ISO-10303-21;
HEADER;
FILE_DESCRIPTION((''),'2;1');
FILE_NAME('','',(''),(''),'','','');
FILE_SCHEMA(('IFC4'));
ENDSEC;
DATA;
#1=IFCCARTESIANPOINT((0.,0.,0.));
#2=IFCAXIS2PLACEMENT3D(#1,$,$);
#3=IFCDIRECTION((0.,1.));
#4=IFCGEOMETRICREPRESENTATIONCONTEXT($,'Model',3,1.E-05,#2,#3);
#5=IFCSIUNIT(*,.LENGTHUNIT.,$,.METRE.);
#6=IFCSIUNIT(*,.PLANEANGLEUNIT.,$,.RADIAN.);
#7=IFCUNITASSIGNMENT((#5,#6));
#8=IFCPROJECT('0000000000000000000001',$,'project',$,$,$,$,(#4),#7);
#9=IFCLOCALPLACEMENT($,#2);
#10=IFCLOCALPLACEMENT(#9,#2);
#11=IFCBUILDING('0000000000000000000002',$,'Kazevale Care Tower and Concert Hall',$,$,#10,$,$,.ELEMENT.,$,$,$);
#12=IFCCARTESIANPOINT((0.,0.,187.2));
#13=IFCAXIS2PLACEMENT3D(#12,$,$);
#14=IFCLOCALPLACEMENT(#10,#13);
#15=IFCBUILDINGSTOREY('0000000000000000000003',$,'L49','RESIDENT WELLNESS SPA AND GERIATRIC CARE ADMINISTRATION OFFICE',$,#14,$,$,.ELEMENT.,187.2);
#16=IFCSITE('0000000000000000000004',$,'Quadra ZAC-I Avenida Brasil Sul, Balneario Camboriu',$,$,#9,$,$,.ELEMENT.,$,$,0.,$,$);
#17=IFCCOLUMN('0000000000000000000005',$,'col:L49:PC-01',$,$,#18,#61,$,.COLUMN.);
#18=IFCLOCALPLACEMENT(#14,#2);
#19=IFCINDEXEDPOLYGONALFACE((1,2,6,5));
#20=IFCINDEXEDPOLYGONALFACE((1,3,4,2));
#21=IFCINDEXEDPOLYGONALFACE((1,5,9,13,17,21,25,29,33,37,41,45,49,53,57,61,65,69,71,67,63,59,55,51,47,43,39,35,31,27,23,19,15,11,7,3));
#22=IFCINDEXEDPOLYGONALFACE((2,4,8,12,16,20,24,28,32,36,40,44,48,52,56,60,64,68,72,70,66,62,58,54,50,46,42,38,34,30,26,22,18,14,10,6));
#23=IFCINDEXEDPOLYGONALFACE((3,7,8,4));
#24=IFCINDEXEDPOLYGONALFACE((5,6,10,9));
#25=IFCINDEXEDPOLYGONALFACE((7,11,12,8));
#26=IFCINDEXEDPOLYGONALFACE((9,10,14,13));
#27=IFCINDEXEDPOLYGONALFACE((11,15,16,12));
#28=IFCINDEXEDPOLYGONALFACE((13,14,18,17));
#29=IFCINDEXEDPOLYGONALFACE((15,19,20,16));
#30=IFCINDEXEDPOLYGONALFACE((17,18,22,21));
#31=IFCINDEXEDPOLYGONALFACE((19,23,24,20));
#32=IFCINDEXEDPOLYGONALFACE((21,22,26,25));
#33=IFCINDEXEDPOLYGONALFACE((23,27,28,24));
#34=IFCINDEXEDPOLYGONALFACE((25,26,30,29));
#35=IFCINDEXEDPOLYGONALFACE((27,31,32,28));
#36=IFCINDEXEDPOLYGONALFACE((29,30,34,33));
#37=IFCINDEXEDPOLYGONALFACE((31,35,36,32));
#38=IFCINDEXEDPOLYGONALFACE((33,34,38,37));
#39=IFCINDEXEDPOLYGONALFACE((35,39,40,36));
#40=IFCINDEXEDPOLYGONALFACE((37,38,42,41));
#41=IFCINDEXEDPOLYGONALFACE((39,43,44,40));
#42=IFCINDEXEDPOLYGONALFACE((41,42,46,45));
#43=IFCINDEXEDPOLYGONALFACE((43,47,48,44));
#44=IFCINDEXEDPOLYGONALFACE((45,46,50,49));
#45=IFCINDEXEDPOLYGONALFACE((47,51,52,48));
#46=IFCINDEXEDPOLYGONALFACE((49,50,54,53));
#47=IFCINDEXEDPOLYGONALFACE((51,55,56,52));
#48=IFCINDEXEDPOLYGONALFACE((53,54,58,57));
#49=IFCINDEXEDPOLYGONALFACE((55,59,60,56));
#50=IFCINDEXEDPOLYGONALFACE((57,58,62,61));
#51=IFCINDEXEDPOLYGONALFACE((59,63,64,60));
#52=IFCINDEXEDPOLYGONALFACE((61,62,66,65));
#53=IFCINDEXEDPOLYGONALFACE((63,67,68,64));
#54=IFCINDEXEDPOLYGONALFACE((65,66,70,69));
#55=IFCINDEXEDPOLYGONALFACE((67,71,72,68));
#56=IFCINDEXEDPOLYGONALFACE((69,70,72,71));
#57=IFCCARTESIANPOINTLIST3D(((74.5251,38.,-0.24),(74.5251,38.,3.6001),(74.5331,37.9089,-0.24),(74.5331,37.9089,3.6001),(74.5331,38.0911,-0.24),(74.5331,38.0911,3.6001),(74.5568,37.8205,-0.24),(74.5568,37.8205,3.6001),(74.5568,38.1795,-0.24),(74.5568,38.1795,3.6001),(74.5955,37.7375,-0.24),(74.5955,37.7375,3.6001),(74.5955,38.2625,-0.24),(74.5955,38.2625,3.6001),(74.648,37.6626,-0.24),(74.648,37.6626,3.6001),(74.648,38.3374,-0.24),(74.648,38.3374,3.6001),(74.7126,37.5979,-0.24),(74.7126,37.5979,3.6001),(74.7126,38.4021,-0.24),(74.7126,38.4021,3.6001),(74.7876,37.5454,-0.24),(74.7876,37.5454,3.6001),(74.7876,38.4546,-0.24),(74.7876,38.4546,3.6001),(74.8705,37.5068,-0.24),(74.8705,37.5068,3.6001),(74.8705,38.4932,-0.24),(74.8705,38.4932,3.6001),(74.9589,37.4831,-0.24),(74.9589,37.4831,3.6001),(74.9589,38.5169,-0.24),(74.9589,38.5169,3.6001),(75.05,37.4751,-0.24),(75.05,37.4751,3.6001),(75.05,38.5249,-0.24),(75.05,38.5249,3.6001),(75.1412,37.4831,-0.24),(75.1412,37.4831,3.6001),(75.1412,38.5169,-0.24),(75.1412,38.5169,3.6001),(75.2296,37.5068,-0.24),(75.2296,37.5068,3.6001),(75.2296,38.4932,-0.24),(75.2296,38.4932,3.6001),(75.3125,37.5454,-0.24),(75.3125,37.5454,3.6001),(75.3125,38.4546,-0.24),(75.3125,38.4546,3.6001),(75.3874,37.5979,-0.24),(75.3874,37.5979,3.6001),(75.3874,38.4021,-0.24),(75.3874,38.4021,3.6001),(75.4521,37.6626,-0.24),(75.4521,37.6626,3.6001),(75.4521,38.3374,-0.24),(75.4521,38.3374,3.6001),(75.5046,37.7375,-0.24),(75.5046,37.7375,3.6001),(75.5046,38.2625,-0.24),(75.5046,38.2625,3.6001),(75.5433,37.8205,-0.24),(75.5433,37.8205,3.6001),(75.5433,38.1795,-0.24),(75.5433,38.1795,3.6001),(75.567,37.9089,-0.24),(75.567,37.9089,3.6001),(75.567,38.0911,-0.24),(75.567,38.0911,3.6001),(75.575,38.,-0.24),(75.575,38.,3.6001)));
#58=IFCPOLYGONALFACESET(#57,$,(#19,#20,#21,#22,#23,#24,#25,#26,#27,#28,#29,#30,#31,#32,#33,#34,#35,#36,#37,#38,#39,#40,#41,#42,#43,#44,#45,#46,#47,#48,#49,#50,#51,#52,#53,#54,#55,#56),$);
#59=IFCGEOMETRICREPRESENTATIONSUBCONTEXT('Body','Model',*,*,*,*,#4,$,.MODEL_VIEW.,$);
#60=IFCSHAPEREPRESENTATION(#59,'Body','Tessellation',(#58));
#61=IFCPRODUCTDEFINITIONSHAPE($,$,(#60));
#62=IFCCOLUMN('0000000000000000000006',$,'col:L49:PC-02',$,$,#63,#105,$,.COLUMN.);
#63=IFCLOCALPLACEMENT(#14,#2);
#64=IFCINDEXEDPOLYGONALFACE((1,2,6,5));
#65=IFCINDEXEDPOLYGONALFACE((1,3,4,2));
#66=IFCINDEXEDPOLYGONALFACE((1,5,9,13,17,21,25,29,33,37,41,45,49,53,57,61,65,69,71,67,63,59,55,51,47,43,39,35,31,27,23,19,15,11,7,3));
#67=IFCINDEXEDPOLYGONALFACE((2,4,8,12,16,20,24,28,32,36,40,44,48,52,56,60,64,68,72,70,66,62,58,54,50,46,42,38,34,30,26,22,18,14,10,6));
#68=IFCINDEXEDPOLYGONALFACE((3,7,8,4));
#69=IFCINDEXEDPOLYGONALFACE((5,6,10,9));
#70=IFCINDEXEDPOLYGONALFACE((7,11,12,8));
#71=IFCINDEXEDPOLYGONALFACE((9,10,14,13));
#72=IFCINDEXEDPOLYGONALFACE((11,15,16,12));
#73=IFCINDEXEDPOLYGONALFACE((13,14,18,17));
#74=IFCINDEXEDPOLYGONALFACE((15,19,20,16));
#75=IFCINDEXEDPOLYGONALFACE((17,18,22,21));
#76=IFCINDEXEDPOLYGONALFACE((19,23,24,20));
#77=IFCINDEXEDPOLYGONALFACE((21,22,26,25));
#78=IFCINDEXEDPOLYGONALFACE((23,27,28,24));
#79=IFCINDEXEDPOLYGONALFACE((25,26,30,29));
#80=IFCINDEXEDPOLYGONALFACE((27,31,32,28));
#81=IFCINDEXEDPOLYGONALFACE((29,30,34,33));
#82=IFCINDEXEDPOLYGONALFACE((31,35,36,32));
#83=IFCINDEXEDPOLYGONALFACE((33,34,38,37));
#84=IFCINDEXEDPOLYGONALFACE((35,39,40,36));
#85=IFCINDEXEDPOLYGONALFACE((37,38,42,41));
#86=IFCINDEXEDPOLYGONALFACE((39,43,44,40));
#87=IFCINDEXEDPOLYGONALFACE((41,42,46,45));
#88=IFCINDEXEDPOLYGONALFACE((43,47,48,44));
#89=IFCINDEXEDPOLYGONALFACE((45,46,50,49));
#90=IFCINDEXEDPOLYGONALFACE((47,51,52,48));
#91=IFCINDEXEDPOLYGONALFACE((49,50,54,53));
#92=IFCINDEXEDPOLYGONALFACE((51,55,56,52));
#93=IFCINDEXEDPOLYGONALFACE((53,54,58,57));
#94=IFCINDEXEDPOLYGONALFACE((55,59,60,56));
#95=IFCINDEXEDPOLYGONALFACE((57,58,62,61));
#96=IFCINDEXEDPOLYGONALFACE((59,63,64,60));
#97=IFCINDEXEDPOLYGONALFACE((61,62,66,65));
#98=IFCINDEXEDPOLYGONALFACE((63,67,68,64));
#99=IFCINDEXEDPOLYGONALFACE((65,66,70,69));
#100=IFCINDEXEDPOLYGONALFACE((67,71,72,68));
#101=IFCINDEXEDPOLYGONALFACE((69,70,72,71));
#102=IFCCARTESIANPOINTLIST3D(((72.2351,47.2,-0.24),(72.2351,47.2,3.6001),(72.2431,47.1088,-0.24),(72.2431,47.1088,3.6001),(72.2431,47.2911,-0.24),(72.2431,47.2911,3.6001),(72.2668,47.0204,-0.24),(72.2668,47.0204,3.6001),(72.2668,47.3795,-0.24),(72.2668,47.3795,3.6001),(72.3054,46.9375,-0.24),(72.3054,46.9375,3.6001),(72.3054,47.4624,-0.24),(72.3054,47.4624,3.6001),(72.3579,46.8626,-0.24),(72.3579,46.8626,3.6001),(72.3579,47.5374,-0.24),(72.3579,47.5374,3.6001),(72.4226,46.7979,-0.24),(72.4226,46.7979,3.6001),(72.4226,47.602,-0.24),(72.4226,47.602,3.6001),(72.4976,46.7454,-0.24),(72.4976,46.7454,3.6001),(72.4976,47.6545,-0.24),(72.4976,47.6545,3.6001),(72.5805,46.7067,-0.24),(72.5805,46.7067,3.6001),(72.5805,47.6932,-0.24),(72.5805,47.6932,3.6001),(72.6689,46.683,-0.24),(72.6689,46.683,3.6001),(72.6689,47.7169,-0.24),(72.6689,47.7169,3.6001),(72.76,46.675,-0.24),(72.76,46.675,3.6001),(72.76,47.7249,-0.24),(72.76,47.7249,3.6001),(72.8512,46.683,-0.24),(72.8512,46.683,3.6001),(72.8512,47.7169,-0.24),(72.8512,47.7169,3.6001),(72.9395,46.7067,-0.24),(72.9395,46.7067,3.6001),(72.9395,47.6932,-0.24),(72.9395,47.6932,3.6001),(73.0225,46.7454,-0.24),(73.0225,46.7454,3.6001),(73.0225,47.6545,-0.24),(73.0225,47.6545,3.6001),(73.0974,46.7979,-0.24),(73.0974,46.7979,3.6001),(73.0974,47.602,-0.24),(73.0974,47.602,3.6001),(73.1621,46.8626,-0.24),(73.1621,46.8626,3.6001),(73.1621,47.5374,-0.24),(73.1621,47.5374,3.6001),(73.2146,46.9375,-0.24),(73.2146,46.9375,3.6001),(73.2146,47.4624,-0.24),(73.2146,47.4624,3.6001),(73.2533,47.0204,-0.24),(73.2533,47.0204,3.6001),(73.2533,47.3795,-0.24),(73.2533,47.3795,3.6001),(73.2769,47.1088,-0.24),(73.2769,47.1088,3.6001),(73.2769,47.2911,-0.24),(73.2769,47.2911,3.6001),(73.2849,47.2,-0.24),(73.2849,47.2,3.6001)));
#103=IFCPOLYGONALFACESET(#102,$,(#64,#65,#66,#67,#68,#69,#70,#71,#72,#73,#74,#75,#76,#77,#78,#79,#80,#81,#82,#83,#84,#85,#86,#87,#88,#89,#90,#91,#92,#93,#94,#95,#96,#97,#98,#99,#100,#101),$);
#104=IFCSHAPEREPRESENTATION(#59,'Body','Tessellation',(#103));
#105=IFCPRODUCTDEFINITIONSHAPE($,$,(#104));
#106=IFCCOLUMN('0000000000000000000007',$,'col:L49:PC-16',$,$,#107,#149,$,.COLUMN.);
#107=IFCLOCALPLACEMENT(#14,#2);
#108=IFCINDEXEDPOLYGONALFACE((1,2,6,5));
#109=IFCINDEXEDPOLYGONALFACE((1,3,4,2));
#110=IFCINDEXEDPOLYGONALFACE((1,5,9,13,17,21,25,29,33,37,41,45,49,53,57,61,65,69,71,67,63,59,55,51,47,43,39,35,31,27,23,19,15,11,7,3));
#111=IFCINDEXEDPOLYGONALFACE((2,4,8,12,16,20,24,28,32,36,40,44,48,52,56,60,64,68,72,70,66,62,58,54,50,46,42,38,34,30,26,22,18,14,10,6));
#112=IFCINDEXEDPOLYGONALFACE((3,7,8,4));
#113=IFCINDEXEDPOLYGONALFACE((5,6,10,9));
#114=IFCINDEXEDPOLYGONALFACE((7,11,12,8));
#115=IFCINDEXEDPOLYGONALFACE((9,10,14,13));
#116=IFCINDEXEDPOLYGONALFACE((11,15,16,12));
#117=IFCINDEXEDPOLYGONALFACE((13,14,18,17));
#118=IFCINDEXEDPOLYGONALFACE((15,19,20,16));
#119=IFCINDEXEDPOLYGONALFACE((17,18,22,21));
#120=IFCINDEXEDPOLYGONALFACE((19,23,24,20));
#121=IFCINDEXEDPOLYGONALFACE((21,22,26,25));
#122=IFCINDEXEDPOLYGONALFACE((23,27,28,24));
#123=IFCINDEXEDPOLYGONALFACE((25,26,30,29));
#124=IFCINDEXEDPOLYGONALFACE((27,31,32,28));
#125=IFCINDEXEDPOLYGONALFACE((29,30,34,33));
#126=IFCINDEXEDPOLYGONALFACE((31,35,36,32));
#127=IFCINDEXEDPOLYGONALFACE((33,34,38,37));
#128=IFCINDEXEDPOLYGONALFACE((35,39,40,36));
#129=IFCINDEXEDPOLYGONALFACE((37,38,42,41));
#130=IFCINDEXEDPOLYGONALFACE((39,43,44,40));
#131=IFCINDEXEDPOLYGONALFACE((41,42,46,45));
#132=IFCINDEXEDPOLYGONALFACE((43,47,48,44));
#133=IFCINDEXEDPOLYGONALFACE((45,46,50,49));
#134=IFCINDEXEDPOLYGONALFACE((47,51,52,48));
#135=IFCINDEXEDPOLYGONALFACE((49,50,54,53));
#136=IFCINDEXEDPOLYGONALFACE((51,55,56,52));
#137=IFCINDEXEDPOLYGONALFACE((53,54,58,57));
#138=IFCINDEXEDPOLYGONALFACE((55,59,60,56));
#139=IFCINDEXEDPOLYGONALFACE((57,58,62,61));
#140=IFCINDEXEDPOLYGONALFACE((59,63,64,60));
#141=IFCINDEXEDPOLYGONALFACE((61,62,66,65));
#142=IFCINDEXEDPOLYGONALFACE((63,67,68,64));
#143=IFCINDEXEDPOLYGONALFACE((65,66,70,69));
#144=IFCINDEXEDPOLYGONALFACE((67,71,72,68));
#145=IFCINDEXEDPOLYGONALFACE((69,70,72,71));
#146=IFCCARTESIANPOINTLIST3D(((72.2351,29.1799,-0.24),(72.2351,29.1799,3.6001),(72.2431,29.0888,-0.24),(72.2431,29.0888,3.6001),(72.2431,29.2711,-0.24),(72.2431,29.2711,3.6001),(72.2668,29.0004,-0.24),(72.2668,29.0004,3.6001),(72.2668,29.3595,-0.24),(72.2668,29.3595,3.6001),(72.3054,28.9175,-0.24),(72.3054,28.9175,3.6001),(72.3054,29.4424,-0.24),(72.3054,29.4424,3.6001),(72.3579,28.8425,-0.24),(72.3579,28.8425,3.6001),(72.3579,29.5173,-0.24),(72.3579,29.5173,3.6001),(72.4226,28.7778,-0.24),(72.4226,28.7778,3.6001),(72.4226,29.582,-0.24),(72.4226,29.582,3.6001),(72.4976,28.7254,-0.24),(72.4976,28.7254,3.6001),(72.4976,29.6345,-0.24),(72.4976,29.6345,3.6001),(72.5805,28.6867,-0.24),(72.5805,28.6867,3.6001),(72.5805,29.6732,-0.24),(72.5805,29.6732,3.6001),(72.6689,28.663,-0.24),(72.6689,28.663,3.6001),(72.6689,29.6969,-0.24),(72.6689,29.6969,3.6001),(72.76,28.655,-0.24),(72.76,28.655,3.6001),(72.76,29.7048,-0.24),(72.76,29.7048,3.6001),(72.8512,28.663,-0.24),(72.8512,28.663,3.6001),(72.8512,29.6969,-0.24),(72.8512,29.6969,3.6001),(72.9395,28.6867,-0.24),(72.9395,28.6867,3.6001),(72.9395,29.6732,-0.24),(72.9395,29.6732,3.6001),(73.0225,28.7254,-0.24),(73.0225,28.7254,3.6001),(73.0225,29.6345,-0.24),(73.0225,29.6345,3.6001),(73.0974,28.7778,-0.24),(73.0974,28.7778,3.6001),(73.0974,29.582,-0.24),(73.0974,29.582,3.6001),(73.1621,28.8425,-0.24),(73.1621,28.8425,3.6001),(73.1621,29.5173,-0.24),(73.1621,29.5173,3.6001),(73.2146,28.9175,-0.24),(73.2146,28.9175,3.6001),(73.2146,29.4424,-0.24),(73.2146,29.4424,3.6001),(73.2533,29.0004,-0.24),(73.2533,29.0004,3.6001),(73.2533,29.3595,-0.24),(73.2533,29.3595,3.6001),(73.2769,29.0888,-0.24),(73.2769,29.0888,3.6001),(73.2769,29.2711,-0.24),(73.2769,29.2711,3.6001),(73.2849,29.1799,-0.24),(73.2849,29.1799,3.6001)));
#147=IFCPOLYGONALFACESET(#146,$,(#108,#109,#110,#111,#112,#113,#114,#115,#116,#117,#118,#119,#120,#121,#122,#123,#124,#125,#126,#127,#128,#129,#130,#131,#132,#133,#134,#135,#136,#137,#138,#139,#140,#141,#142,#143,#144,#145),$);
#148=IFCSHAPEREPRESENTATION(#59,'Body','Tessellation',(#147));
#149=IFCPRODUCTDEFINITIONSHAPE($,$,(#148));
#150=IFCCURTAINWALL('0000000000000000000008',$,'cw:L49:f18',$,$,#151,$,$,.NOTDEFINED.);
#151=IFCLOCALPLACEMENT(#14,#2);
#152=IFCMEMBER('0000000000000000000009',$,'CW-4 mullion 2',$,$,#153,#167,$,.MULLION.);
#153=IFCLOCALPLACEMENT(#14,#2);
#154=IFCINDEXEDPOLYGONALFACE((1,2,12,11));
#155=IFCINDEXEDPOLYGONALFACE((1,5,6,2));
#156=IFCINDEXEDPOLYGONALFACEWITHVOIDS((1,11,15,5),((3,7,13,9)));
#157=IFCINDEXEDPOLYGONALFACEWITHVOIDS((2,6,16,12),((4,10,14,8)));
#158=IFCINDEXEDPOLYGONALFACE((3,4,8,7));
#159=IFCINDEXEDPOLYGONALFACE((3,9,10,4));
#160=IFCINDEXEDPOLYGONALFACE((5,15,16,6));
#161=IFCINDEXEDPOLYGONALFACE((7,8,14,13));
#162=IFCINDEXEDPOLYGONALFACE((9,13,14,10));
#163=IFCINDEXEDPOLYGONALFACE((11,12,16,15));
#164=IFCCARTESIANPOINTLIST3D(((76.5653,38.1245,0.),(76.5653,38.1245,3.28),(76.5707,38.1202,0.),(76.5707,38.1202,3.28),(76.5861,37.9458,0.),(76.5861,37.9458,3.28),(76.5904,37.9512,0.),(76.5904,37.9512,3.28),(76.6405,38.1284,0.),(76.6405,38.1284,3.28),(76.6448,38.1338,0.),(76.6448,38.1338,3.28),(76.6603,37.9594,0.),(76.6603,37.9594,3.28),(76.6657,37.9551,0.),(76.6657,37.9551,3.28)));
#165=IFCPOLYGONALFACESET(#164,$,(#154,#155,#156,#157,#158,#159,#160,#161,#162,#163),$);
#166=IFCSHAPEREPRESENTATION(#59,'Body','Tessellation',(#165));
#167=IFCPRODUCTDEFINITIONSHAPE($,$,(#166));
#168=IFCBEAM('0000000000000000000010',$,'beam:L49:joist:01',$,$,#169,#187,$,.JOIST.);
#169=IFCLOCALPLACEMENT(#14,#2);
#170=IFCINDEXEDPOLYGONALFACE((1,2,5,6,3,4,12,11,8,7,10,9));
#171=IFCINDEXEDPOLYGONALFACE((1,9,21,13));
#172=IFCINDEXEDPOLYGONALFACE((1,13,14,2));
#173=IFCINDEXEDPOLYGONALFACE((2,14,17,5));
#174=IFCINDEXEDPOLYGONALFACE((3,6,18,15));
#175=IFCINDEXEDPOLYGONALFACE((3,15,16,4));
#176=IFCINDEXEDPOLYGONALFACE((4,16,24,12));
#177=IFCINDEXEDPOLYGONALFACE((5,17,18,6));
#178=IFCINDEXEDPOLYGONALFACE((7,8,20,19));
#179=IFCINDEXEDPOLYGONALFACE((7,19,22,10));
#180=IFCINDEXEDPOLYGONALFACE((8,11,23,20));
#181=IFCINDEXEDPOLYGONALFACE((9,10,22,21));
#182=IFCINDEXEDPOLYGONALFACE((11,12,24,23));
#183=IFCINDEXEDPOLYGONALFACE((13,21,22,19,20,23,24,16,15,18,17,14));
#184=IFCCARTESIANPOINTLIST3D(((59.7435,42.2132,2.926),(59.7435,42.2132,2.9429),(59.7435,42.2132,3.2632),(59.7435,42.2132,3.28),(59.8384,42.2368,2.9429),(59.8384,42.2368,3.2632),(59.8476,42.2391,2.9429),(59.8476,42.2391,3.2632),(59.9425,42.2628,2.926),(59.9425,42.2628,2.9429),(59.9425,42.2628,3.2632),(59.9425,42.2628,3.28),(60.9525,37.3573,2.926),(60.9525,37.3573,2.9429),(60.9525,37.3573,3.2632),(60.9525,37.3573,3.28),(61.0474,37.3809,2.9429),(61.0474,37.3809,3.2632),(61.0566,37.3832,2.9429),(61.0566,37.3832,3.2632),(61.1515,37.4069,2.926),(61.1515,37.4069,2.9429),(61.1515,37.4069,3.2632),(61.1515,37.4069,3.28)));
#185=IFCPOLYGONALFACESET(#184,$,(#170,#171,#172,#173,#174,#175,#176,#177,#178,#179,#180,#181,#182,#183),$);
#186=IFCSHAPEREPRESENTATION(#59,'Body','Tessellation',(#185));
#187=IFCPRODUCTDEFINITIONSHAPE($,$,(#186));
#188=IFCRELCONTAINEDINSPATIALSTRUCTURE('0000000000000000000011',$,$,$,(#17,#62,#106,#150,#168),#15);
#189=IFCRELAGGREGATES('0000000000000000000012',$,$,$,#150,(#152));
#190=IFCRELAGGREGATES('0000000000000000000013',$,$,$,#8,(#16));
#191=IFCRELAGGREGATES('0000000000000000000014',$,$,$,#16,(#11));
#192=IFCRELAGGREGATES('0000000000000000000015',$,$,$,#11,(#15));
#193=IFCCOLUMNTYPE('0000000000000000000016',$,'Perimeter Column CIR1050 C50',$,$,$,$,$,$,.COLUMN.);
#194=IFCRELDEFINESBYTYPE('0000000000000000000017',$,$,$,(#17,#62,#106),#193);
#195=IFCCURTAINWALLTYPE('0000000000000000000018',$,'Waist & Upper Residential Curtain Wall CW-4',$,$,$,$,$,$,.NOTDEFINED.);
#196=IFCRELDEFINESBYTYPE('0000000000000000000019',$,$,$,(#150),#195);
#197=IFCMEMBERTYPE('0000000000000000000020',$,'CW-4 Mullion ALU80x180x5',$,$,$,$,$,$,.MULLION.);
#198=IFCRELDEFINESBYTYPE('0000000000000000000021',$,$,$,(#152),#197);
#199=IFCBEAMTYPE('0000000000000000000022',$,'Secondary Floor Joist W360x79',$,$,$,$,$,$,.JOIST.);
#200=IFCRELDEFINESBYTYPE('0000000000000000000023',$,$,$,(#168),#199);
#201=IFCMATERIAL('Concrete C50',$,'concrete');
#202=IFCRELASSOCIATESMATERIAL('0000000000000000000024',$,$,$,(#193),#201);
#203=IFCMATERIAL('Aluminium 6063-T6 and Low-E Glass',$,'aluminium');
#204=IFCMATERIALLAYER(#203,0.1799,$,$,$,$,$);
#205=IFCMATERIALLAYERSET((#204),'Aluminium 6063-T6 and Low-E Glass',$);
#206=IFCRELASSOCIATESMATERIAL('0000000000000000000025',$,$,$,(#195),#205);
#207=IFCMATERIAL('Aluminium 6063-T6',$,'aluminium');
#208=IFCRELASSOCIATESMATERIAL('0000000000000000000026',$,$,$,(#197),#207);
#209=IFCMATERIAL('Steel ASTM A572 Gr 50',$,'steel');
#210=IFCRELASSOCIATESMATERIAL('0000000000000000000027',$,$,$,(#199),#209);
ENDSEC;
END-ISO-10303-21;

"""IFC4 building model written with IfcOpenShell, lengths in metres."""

from ifc_helpers import new_model, si_unit, direction, frame, origin, origin_2d, place, context, subcontext, project, spatial, hollow_rectangle, circle, i_section, extrude, material, layer, layer_set, material_profile, profile_set, type_object, element, aggregate, save


model = new_model("IFC4")

# Units and contexts
model_context = context("Model", 3, precision=1e-05, world=origin(), true_north=direction((0.0, 1.0)))
body_context = subcontext(model_context, "Body", "Model", "MODEL_VIEW")
ifc_project = project(units=[si_unit("LENGTHUNIT", "METRE"), si_unit("PLANEANGLEUNIT", "RADIAN")], contexts=[model_context])

# Site, building, storey
site_placement = place(None, origin())
site = spatial("IfcSite", under=ifc_project, at=site_placement, Name="Quadra ZAC-I Avenida Brasil Sul, Balneario Camboriu", CompositionType="ELEMENT", RefElevation=0.0)
building_placement = place(site_placement, origin())
building = spatial("IfcBuilding", under=site, at=building_placement, Name="Kazevale Care Tower and Concert Hall", CompositionType="ELEMENT")
storey_placement = place(building_placement, frame((0.0, 0.0, 187.2)))
storey = spatial("IfcBuildingStorey", under=building, at=storey_placement, Name="L49", Description="RESIDENT WELLNESS SPA AND GERIATRIC CARE ADMINISTRATION OFFICE", CompositionType="ELEMENT", Elevation=187.2)

# Columns
ifc_material_1 = material(Name="Concrete C50", Category="concrete")
ifc_material_profile_1 = material_profile(ifc_material_1, circle(Radius=0.5249, at=origin_2d()), Name="RC-CIR1050")
ifc_profile_set_1 = profile_set([ifc_material_profile_1], Name="Concrete C50")
column_type = type_object("IfcColumnType", Name="Perimeter Column CIR1050 C50", PredefinedType="COLUMN", material=ifc_profile_set_1)
for number, where, z_axis, x_axis, name in (
    (1, (75.05, 38.0, -0.24), (0.0, 0.0, 1.0), (1.0, 0.0, 0.0), "col:L49:PC-01"),
    (2, (72.76, 47.2, -0.24), (0.0, 0.0, 1.0), (1.0, 0.0, 0.0), "col:L49:PC-02"),
    (3, (72.76, 29.1799, -0.24), (0.0, 0.0, 1.0), (1.0, 0.0, 0.0), "col:L49:PC-16"),
):
    element("IfcColumn", number, at=place(storey_placement, frame(where, z_axis=z_axis, x_axis=x_axis)), inside=storey, type_object=column_type, Name=name, PredefinedType="COLUMN", context=body_context, shape_type="SweptSolid", body=[
        extrude(circle(Radius=0.5249, at=origin_2d()), origin(), (0.0, 0.0, 1.0), 3.8401),
    ])

# Curtain wall, member
ifc_material_2 = material(Name="Aluminium 6063-T6 and Low-E Glass", Category="aluminium")
ifc_layer_1 = layer(ifc_material_2, 0.1799)
ifc_layer_set_1 = layer_set([ifc_layer_1], Name="Aluminium 6063-T6 and Low-E Glass")
curtain_wall_type = type_object("IfcCurtainWallType", Name="Waist & Upper Residential Curtain Wall CW-4", PredefinedType="NOTDEFINED", material=ifc_layer_set_1)
curtain_wall_placement = place(storey_placement, origin())
curtain_wall = element("IfcCurtainWall", 4, at=curtain_wall_placement, inside=storey, type_object=curtain_wall_type, Name="cw:L49:f18", PredefinedType="NOTDEFINED")
ifc_material_3 = material(Name="Aluminium 6063-T6", Category="aluminium")
ifc_material_profile_2 = material_profile(ifc_material_3, hollow_rectangle(XDim=0.0801, YDim=0.1799, WallThickness=0.0049, at=origin_2d()), Name="ALU80x180x5")
ifc_profile_set_2 = profile_set([ifc_material_profile_2], Name="Aluminium 6063-T6")
member_type = type_object("IfcMemberType", Name="CW-4 Mullion ALU80x180x5", PredefinedType="MULLION", material=ifc_profile_set_2)
member_placement = place(storey_placement, frame((76.6155, 38.0398, 0.0), z_axis=(0.0, 0.0, 1.0), x_axis=(0.993267, 0.115847, 0.0)))
member = element("IfcMember", 5, at=member_placement, type_object=member_type, Name="CW-4 mullion 2", PredefinedType="MULLION", context=body_context, shape_type="SweptSolid", body=[
    extrude(hollow_rectangle(XDim=0.0801, YDim=0.1799, WallThickness=0.0049, at=origin_2d()), origin(), (0.0, 0.0, 1.0), 3.28),
])

# Beam
ifc_material_4 = material(Name="Steel ASTM A572 Gr 50", Category="steel")
ifc_material_profile_3 = material_profile(ifc_material_4, i_section(OverallWidth=0.2051, OverallDepth=0.354, WebThickness=0.0095, FlangeThickness=0.0168, at=origin_2d()), Name="W360x79")
ifc_profile_set_3 = profile_set([ifc_material_profile_3], Name="Steel ASTM A572 Gr 50")
beam_type_1 = type_object("IfcBeamType", Name="Secondary Floor Joist W360x79", PredefinedType="JOIST", material=ifc_profile_set_3)
beam_1_placement = place(storey_placement, frame((61.052, 37.3821, 3.103), z_axis=(-0.241594, 0.970377, 0.0), x_axis=(-0.970377, -0.241594, 0.0)))
element("IfcBeam", 6, at=beam_1_placement, inside=storey, type_object=beam_type_1, Name="beam:L49:joist:01", PredefinedType="JOIST", context=body_context, shape_type="SweptSolid", body=[
    extrude(i_section(OverallWidth=0.2051, OverallDepth=0.354, WebThickness=0.0095, FlangeThickness=0.0168, at=origin_2d()), origin(), (0.0, 0.0, 1.0), 5.0042),
])

aggregate(curtain_wall, [member])

save(model, "model.ifc")
